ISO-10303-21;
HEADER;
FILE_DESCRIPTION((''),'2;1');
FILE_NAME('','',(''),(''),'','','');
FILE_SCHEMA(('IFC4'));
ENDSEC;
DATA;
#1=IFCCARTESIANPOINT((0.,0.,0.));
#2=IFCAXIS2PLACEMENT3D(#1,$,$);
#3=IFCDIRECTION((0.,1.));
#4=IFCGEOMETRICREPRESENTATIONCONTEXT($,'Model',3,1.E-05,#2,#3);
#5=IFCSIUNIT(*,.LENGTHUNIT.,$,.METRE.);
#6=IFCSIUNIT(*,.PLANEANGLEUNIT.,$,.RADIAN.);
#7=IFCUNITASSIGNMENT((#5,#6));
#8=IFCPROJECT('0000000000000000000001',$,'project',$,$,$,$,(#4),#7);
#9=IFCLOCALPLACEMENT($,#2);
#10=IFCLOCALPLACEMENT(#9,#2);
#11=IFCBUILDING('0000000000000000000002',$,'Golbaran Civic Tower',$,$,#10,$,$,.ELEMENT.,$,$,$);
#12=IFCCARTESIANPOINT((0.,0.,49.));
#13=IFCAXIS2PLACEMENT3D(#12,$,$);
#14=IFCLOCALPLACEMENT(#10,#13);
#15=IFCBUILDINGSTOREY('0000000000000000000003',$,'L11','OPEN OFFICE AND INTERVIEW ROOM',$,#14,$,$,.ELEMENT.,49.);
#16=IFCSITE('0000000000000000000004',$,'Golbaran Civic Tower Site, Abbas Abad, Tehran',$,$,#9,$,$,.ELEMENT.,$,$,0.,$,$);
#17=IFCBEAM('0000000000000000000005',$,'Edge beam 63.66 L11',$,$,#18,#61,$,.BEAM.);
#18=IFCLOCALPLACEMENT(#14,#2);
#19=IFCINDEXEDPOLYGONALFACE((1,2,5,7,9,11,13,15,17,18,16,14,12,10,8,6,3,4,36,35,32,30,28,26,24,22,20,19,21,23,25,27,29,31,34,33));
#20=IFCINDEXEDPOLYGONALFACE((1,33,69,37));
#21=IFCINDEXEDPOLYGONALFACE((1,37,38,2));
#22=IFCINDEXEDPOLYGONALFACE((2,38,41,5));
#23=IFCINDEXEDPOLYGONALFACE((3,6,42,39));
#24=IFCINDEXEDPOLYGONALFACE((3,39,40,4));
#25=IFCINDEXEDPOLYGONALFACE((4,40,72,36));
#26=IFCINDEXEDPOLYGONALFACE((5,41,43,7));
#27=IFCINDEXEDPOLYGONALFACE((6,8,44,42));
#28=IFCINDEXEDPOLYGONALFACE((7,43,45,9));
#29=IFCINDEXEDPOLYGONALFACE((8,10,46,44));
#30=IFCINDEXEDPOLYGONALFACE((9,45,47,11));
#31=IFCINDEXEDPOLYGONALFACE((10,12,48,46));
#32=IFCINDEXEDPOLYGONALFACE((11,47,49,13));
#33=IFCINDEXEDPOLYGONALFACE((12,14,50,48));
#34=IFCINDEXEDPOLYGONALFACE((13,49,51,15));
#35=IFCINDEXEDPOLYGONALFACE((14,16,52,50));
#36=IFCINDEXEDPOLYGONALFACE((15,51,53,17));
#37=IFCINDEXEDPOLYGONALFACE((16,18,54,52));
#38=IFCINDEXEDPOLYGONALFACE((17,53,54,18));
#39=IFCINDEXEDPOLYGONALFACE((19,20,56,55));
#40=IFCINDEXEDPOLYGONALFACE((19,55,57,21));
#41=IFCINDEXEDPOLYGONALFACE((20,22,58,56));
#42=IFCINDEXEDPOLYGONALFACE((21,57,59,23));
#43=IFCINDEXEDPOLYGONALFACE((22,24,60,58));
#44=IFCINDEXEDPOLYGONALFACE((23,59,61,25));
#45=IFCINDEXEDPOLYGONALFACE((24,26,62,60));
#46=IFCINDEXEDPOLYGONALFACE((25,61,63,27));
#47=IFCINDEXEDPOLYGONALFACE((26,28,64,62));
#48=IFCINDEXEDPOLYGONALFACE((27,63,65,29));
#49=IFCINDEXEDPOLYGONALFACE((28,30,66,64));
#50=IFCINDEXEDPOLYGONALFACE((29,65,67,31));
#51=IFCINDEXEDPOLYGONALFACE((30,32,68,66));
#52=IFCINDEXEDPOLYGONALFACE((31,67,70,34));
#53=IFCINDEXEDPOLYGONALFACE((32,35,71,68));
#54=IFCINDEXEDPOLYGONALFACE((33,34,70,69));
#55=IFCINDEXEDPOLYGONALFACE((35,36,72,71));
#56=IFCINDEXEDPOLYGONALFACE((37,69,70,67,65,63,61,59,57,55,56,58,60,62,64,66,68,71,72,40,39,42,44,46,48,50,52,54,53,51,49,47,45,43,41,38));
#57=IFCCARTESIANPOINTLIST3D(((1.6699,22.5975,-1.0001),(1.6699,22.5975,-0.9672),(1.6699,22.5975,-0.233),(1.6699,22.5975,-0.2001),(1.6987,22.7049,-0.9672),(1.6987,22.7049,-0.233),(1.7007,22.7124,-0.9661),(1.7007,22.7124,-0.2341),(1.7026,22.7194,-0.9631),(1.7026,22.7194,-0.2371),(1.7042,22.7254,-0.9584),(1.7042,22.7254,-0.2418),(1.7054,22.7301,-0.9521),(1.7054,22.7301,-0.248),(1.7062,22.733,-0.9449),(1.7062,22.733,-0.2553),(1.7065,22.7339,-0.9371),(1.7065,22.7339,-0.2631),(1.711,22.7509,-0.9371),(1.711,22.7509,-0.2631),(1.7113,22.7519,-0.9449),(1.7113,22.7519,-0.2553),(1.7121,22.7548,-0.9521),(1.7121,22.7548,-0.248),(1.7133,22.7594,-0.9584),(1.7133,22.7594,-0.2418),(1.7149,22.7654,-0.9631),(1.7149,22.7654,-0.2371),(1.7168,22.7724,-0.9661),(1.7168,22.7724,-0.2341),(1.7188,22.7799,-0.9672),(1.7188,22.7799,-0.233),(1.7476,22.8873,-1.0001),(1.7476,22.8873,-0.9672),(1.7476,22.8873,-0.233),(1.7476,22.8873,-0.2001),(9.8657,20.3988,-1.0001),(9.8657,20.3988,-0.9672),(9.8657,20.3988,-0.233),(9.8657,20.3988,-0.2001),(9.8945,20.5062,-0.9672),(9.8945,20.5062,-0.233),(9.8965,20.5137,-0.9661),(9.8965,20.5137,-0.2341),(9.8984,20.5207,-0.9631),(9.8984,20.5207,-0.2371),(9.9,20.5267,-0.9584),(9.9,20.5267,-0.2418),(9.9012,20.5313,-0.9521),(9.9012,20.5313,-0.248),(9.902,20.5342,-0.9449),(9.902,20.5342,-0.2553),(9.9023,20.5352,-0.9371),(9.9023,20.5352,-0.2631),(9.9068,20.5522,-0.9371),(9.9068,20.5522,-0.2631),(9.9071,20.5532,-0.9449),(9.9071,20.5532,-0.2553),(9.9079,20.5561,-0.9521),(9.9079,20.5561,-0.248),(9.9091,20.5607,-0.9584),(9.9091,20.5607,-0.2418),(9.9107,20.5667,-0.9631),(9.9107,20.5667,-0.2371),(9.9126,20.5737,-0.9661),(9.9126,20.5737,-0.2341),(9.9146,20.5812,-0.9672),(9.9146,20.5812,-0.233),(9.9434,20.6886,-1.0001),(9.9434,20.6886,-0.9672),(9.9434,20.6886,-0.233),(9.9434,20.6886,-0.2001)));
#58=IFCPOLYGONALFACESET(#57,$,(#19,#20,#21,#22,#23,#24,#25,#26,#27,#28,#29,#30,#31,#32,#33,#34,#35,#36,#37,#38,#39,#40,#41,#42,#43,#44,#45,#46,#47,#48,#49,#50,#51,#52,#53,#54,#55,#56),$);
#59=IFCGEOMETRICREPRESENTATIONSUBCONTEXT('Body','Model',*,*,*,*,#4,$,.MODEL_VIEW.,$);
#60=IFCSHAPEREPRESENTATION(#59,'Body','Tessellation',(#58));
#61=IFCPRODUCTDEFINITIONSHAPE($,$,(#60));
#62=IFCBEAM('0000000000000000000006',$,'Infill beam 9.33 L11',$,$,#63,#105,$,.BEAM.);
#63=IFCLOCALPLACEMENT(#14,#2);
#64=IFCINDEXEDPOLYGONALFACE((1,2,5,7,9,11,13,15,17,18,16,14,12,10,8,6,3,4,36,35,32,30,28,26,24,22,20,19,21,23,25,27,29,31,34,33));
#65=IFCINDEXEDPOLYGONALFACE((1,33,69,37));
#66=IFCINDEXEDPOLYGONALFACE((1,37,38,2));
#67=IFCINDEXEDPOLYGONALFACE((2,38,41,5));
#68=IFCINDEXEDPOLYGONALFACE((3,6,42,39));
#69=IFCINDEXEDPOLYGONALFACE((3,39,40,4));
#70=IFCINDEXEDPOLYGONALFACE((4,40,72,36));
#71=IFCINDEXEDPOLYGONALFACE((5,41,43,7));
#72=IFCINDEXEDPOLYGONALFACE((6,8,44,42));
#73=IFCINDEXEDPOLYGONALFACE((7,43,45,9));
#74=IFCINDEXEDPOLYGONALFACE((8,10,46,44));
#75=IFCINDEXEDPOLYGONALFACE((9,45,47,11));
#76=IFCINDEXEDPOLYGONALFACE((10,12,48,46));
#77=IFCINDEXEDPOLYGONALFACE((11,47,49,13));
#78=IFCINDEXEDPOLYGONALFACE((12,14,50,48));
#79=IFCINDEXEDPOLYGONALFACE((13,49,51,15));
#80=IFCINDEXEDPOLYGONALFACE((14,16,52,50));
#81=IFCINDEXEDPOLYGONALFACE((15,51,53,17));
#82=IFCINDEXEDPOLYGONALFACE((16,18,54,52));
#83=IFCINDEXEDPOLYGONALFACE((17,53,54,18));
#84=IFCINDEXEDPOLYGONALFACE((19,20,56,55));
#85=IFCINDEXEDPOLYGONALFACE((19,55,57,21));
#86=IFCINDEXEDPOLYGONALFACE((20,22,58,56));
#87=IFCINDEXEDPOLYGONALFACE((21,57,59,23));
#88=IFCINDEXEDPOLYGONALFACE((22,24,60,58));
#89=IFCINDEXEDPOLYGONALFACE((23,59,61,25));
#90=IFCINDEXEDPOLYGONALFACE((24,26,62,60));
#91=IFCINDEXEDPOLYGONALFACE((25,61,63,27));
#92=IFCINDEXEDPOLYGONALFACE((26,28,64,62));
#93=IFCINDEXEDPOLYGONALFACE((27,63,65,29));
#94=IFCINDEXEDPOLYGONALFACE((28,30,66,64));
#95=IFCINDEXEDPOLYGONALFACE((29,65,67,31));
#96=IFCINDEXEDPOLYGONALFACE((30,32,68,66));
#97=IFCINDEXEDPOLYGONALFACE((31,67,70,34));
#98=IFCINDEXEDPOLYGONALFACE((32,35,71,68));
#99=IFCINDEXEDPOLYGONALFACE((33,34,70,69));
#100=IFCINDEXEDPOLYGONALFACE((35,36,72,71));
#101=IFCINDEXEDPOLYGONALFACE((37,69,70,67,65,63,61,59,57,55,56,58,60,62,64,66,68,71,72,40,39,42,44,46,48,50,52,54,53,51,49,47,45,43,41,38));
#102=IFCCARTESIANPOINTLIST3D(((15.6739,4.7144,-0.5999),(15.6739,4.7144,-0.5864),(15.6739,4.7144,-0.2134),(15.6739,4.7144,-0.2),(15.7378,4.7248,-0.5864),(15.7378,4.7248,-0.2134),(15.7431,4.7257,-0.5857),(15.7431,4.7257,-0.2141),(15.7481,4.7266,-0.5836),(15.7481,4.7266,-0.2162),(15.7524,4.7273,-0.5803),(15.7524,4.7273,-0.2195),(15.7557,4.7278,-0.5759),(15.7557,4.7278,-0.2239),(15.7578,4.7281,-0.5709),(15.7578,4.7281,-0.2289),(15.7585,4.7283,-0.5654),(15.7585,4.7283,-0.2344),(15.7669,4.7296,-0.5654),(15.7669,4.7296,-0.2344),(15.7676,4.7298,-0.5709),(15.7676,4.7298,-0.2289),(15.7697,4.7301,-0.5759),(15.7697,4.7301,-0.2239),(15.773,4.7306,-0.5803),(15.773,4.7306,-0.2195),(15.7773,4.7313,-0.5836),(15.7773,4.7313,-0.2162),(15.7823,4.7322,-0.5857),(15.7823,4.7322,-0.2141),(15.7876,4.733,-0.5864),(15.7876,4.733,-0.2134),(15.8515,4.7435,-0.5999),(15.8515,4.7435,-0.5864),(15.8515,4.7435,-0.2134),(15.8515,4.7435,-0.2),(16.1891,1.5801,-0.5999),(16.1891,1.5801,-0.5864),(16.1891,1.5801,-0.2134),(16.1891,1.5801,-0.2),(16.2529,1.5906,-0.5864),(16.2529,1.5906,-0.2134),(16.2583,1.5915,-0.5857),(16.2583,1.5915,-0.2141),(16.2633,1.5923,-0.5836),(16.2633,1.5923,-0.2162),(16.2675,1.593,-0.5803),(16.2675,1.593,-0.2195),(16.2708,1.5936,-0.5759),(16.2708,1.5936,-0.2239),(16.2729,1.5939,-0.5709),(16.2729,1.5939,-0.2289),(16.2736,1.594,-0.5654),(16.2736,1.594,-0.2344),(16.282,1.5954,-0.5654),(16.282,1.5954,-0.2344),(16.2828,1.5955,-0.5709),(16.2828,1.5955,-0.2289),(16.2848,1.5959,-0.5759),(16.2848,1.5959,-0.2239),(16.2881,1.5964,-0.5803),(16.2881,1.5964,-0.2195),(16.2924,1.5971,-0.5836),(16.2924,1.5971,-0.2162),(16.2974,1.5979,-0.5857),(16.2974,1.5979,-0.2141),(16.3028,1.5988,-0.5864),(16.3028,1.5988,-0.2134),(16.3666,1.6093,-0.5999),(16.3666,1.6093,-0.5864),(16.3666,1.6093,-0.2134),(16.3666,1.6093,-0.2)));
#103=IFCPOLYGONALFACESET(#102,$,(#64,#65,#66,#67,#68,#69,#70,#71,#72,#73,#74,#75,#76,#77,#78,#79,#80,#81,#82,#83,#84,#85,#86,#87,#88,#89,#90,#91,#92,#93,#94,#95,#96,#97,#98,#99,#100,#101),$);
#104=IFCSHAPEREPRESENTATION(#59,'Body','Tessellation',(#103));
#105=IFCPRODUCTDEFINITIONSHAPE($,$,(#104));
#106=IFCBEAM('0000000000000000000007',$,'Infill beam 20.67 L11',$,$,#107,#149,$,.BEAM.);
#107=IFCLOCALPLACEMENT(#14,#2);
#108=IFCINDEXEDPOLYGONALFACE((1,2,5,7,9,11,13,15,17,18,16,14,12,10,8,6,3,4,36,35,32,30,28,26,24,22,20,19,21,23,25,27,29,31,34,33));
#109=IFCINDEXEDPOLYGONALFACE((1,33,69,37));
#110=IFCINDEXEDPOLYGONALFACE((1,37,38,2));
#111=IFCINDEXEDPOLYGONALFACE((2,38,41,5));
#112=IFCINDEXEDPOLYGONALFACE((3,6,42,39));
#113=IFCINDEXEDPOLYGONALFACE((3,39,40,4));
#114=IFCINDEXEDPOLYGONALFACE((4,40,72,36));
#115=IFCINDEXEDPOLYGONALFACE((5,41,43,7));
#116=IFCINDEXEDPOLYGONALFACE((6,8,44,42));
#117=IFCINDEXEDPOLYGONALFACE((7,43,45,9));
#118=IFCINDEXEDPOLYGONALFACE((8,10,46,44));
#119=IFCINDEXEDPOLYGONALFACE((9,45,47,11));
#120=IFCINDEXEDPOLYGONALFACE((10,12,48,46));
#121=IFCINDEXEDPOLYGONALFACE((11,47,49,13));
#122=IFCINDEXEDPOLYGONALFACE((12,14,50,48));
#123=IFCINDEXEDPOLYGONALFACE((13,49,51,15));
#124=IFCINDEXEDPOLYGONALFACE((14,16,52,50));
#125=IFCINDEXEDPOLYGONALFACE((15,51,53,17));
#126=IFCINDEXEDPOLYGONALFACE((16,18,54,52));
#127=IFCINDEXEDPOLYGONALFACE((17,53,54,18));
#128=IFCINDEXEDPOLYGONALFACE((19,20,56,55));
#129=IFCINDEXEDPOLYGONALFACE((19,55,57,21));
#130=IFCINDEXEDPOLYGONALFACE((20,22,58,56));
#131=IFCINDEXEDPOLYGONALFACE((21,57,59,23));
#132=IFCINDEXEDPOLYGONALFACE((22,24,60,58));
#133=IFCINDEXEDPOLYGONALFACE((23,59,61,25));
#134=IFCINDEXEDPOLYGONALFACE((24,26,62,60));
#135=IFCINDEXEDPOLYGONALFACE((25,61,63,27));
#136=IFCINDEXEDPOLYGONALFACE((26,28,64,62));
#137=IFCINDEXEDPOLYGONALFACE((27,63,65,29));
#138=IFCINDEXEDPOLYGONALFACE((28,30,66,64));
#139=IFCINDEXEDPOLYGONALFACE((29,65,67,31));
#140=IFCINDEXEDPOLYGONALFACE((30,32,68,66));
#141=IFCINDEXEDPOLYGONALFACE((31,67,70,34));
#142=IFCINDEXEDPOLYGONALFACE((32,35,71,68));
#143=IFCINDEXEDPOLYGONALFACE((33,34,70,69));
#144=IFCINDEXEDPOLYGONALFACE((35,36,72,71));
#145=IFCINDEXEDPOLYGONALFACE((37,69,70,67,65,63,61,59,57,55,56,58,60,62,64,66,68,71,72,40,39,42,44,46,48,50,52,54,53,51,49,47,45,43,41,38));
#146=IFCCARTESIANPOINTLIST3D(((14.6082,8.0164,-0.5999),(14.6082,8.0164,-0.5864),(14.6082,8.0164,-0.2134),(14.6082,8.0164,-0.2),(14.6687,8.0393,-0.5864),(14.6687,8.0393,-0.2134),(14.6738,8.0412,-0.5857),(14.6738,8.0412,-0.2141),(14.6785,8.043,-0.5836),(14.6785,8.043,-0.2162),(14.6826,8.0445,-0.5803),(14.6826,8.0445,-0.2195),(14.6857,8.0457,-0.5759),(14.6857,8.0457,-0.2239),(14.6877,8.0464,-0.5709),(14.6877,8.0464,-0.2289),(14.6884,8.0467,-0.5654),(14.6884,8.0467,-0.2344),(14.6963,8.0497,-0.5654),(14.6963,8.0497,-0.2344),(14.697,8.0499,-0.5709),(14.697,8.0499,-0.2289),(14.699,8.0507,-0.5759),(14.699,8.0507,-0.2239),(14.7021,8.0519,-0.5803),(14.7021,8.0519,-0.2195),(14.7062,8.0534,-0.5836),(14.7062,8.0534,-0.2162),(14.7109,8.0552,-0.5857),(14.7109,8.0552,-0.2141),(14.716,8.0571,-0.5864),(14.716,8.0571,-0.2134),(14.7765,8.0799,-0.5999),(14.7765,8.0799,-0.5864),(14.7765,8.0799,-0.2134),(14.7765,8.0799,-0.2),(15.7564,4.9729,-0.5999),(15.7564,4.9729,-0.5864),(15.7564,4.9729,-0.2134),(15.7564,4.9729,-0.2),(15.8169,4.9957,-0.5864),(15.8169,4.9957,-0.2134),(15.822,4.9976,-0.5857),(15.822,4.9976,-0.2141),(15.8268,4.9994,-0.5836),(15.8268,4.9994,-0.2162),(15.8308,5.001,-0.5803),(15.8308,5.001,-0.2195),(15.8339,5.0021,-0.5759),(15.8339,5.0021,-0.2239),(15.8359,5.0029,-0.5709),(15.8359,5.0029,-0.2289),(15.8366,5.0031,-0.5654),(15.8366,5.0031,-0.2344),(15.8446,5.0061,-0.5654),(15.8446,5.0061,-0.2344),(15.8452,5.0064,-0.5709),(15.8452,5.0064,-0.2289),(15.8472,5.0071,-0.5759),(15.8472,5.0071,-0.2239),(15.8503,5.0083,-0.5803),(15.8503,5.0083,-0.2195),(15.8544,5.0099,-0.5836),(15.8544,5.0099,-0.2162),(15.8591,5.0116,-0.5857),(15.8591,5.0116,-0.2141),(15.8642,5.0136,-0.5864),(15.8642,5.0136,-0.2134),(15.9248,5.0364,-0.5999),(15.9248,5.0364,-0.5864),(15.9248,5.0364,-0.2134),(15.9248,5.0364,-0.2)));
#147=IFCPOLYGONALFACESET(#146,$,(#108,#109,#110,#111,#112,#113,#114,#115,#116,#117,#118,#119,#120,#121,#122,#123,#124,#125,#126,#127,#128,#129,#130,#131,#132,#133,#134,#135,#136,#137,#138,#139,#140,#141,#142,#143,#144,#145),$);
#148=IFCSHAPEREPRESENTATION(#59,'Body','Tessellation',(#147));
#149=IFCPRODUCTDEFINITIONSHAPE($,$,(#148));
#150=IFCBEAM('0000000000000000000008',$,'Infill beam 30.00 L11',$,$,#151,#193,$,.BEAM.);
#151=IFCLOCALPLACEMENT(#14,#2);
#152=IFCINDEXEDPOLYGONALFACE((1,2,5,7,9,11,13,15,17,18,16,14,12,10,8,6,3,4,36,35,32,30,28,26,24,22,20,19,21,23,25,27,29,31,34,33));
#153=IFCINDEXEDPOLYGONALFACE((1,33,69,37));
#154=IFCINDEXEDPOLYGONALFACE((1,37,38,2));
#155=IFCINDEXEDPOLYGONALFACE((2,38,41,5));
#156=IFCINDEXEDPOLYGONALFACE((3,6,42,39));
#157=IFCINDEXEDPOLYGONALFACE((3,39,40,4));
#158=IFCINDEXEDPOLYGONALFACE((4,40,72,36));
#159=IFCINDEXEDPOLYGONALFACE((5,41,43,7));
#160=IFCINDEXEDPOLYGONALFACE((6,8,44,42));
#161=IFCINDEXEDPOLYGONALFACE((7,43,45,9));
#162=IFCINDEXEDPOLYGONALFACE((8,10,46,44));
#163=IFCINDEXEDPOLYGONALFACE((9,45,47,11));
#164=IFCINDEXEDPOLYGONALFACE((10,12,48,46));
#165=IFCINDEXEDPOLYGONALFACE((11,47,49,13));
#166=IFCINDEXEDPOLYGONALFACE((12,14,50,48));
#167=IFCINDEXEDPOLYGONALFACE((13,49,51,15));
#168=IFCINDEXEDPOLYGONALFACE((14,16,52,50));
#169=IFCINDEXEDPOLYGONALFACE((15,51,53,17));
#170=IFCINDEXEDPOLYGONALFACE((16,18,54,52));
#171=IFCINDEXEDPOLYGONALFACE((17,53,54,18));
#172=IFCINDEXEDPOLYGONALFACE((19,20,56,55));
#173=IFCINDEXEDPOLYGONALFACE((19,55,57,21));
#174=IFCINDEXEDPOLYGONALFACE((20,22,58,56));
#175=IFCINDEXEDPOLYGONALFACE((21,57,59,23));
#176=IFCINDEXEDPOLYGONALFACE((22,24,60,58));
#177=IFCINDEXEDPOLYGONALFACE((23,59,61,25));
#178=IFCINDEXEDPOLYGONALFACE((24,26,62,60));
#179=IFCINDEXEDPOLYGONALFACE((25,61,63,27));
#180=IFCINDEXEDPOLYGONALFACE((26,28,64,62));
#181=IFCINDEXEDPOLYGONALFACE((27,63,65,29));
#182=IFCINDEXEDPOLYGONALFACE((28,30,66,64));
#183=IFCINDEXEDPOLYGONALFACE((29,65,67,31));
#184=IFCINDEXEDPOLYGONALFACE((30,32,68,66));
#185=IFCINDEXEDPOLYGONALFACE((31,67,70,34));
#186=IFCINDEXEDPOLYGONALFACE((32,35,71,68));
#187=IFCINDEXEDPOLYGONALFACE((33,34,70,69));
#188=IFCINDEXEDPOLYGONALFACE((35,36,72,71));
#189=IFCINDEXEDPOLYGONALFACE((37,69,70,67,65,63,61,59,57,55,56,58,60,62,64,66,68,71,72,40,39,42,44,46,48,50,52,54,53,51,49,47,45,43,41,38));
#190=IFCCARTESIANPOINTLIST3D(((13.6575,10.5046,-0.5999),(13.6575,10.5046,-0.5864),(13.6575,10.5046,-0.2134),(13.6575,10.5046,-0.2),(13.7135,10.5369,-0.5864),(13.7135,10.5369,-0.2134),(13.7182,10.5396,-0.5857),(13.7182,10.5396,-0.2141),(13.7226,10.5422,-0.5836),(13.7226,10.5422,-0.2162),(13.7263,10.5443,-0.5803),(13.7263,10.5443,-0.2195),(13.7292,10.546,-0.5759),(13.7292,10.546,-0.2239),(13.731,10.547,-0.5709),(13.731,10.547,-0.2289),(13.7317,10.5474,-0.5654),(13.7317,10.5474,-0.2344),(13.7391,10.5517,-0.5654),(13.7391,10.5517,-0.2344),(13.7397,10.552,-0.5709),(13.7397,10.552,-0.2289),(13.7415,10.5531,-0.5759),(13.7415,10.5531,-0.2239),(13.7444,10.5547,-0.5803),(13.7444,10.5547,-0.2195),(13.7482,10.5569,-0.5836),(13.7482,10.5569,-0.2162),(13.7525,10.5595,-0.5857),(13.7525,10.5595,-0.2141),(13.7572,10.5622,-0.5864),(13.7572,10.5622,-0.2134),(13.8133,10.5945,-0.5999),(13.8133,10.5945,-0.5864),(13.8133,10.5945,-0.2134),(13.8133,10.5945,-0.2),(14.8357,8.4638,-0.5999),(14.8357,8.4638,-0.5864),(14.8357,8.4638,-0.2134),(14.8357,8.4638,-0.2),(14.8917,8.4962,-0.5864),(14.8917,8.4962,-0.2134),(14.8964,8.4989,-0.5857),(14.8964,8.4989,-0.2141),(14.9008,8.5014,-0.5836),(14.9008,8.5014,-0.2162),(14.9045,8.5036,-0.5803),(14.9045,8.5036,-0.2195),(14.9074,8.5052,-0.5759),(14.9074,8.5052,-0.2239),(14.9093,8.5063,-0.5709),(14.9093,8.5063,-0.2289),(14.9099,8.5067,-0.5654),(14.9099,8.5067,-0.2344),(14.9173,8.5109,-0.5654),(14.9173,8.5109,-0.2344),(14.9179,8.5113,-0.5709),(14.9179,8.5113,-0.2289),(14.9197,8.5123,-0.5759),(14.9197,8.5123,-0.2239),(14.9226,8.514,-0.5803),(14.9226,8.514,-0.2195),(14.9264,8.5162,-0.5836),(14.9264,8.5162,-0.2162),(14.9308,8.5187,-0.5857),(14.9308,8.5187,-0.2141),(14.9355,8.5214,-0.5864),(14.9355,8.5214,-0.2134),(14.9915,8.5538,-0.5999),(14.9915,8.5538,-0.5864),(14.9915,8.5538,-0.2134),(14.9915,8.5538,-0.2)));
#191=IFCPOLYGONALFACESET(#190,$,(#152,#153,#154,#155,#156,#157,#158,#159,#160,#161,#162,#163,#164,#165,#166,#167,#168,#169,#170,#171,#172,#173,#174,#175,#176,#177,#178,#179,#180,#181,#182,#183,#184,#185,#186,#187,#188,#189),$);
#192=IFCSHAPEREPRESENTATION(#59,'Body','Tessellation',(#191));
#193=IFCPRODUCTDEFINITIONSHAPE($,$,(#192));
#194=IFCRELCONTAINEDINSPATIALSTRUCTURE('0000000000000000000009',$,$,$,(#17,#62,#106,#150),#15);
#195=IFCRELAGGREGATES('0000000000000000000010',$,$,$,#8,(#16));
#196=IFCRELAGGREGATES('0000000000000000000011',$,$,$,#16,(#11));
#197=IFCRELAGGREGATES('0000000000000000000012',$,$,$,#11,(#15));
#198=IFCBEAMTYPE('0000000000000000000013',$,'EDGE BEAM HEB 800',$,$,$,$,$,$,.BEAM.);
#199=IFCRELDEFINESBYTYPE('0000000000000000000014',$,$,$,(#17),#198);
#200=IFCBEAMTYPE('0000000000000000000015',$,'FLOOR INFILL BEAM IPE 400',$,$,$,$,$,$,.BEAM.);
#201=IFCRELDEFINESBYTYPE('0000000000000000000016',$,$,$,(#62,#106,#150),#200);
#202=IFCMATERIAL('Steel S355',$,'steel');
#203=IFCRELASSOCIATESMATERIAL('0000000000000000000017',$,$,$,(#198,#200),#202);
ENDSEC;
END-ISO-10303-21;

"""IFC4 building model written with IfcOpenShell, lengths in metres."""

from ifc_helpers import new_model, si_unit, direction, frame, origin, origin_2d, place, context, subcontext, project, spatial, i_section, extrude, material, material_profile, profile_set, type_object, element, save


model = new_model("IFC4")

# Units and contexts
model_context = context("Model", 3, precision=1e-05, world=origin(), true_north=direction((0.0, 1.0)))
body_context = subcontext(model_context, "Body", "Model", "MODEL_VIEW")
ifc_project = project(units=[si_unit("LENGTHUNIT", "METRE"), si_unit("PLANEANGLEUNIT", "RADIAN")], contexts=[model_context])

# Site, building, storey
site_placement = place(None, origin())
site = spatial("IfcSite", under=ifc_project, at=site_placement, Name="Golbaran Civic Tower Site, Abbas Abad, Tehran", CompositionType="ELEMENT", RefElevation=0.0)
building_placement = place(site_placement, origin())
building = spatial("IfcBuilding", under=site, at=building_placement, Name="Golbaran Civic Tower", CompositionType="ELEMENT")
storey_placement = place(building_placement, frame((0.0, 0.0, 49.0)))
storey = spatial("IfcBuildingStorey", under=building, at=storey_placement, Name="L11", Description="OPEN OFFICE AND INTERVIEW ROOM", CompositionType="ELEMENT", Elevation=49.0)

# Beams
ifc_material_1 = material(Name="Steel S355", Category="steel")
ifc_material_profile_1 = material_profile(ifc_material_1, i_section(OverallWidth=0.3, OverallDepth=0.8, WebThickness=0.0176, FlangeThickness=0.033, FilletRadius=0.03, at=origin_2d()), Name="HEB 800")
ifc_profile_set_1 = profile_set([ifc_material_profile_1], Name="Steel S355")
beam_type_1 = type_object("IfcBeamType", Name="EDGE BEAM HEB 800", PredefinedType="BEAM", material=ifc_profile_set_1)
beam_1_placement = place(storey_placement, frame((9.9045, 20.5437, -0.6001), z_axis=(-0.965847, 0.259113, 0.0), x_axis=(-0.259113, -0.965847, 0.0)))
element("IfcBeam", 1, at=beam_1_placement, inside=storey, type_object=beam_type_1, Name="Edge beam 63.66 L11", PredefinedType="BEAM", context=body_context, shape_type="SweptSolid", body=[
    extrude(i_section(OverallWidth=0.3, OverallDepth=0.8, WebThickness=0.0176, FlangeThickness=0.033, FilletRadius=0.03, at=origin_2d()), origin(), (0.0, 0.0, 1.0), 8.4856),
])
ifc_material_profile_2 = material_profile(ifc_material_1, i_section(OverallWidth=0.1799, OverallDepth=0.3999, WebThickness=0.0085, FlangeThickness=0.0134, FilletRadius=0.021, at=origin_2d()), Name="IPE 400")
ifc_profile_set_2 = profile_set([ifc_material_profile_2], Name="Steel S355")
beam_type_2 = type_object("IfcBeamType", Name="FLOOR INFILL BEAM IPE 400", PredefinedType="BEAM", material=ifc_profile_set_2)
beam_2_placement = place(storey_placement, frame((16.2778, 1.5947, -0.3999), z_axis=(-0.16218, 0.986761, 0.0), x_axis=(-0.986761, -0.16218, 0.0)))
element("IfcBeam", 2, at=beam_2_placement, inside=storey, type_object=beam_type_2, Name="Infill beam 9.33 L11", PredefinedType="BEAM", context=body_context, shape_type="SweptSolid", body=[
    extrude(i_section(OverallWidth=0.1799, OverallDepth=0.3999, WebThickness=0.0085, FlangeThickness=0.0134, FilletRadius=0.021, at=origin_2d()), origin(), (0.0, 0.0, 1.0), 3.1763),
])
beam_3_placement = place(storey_placement, frame((15.8406, 5.0046, -0.3999), z_axis=(-0.352982, 0.93563, 0.0), x_axis=(-0.93563, -0.352982, 0.0)))
element("IfcBeam", 3, at=beam_3_placement, inside=storey, type_object=beam_type_2, Name="Infill beam 20.67 L11", PredefinedType="BEAM", context=body_context, shape_type="SweptSolid", body=[
    extrude(i_section(OverallWidth=0.1799, OverallDepth=0.3999, WebThickness=0.0085, FlangeThickness=0.0134, FilletRadius=0.021, at=origin_2d()), origin(), (0.0, 0.0, 1.0), 3.2529),
])
beam_4_placement = place(storey_placement, frame((14.9136, 8.5088, -0.3999), z_axis=(-0.499994, 0.866029, 0.0), x_axis=(-0.866029, -0.499994, 0.0)))
element("IfcBeam", 4, at=beam_4_placement, inside=storey, type_object=beam_type_2, Name="Infill beam 30.00 L11", PredefinedType="BEAM", context=body_context, shape_type="SweptSolid", body=[
    extrude(i_section(OverallWidth=0.1799, OverallDepth=0.3999, WebThickness=0.0085, FlangeThickness=0.0134, FilletRadius=0.021, at=origin_2d()), origin(), (0.0, 0.0, 1.0), 2.3564),
])

save(model, "model.ifc")
